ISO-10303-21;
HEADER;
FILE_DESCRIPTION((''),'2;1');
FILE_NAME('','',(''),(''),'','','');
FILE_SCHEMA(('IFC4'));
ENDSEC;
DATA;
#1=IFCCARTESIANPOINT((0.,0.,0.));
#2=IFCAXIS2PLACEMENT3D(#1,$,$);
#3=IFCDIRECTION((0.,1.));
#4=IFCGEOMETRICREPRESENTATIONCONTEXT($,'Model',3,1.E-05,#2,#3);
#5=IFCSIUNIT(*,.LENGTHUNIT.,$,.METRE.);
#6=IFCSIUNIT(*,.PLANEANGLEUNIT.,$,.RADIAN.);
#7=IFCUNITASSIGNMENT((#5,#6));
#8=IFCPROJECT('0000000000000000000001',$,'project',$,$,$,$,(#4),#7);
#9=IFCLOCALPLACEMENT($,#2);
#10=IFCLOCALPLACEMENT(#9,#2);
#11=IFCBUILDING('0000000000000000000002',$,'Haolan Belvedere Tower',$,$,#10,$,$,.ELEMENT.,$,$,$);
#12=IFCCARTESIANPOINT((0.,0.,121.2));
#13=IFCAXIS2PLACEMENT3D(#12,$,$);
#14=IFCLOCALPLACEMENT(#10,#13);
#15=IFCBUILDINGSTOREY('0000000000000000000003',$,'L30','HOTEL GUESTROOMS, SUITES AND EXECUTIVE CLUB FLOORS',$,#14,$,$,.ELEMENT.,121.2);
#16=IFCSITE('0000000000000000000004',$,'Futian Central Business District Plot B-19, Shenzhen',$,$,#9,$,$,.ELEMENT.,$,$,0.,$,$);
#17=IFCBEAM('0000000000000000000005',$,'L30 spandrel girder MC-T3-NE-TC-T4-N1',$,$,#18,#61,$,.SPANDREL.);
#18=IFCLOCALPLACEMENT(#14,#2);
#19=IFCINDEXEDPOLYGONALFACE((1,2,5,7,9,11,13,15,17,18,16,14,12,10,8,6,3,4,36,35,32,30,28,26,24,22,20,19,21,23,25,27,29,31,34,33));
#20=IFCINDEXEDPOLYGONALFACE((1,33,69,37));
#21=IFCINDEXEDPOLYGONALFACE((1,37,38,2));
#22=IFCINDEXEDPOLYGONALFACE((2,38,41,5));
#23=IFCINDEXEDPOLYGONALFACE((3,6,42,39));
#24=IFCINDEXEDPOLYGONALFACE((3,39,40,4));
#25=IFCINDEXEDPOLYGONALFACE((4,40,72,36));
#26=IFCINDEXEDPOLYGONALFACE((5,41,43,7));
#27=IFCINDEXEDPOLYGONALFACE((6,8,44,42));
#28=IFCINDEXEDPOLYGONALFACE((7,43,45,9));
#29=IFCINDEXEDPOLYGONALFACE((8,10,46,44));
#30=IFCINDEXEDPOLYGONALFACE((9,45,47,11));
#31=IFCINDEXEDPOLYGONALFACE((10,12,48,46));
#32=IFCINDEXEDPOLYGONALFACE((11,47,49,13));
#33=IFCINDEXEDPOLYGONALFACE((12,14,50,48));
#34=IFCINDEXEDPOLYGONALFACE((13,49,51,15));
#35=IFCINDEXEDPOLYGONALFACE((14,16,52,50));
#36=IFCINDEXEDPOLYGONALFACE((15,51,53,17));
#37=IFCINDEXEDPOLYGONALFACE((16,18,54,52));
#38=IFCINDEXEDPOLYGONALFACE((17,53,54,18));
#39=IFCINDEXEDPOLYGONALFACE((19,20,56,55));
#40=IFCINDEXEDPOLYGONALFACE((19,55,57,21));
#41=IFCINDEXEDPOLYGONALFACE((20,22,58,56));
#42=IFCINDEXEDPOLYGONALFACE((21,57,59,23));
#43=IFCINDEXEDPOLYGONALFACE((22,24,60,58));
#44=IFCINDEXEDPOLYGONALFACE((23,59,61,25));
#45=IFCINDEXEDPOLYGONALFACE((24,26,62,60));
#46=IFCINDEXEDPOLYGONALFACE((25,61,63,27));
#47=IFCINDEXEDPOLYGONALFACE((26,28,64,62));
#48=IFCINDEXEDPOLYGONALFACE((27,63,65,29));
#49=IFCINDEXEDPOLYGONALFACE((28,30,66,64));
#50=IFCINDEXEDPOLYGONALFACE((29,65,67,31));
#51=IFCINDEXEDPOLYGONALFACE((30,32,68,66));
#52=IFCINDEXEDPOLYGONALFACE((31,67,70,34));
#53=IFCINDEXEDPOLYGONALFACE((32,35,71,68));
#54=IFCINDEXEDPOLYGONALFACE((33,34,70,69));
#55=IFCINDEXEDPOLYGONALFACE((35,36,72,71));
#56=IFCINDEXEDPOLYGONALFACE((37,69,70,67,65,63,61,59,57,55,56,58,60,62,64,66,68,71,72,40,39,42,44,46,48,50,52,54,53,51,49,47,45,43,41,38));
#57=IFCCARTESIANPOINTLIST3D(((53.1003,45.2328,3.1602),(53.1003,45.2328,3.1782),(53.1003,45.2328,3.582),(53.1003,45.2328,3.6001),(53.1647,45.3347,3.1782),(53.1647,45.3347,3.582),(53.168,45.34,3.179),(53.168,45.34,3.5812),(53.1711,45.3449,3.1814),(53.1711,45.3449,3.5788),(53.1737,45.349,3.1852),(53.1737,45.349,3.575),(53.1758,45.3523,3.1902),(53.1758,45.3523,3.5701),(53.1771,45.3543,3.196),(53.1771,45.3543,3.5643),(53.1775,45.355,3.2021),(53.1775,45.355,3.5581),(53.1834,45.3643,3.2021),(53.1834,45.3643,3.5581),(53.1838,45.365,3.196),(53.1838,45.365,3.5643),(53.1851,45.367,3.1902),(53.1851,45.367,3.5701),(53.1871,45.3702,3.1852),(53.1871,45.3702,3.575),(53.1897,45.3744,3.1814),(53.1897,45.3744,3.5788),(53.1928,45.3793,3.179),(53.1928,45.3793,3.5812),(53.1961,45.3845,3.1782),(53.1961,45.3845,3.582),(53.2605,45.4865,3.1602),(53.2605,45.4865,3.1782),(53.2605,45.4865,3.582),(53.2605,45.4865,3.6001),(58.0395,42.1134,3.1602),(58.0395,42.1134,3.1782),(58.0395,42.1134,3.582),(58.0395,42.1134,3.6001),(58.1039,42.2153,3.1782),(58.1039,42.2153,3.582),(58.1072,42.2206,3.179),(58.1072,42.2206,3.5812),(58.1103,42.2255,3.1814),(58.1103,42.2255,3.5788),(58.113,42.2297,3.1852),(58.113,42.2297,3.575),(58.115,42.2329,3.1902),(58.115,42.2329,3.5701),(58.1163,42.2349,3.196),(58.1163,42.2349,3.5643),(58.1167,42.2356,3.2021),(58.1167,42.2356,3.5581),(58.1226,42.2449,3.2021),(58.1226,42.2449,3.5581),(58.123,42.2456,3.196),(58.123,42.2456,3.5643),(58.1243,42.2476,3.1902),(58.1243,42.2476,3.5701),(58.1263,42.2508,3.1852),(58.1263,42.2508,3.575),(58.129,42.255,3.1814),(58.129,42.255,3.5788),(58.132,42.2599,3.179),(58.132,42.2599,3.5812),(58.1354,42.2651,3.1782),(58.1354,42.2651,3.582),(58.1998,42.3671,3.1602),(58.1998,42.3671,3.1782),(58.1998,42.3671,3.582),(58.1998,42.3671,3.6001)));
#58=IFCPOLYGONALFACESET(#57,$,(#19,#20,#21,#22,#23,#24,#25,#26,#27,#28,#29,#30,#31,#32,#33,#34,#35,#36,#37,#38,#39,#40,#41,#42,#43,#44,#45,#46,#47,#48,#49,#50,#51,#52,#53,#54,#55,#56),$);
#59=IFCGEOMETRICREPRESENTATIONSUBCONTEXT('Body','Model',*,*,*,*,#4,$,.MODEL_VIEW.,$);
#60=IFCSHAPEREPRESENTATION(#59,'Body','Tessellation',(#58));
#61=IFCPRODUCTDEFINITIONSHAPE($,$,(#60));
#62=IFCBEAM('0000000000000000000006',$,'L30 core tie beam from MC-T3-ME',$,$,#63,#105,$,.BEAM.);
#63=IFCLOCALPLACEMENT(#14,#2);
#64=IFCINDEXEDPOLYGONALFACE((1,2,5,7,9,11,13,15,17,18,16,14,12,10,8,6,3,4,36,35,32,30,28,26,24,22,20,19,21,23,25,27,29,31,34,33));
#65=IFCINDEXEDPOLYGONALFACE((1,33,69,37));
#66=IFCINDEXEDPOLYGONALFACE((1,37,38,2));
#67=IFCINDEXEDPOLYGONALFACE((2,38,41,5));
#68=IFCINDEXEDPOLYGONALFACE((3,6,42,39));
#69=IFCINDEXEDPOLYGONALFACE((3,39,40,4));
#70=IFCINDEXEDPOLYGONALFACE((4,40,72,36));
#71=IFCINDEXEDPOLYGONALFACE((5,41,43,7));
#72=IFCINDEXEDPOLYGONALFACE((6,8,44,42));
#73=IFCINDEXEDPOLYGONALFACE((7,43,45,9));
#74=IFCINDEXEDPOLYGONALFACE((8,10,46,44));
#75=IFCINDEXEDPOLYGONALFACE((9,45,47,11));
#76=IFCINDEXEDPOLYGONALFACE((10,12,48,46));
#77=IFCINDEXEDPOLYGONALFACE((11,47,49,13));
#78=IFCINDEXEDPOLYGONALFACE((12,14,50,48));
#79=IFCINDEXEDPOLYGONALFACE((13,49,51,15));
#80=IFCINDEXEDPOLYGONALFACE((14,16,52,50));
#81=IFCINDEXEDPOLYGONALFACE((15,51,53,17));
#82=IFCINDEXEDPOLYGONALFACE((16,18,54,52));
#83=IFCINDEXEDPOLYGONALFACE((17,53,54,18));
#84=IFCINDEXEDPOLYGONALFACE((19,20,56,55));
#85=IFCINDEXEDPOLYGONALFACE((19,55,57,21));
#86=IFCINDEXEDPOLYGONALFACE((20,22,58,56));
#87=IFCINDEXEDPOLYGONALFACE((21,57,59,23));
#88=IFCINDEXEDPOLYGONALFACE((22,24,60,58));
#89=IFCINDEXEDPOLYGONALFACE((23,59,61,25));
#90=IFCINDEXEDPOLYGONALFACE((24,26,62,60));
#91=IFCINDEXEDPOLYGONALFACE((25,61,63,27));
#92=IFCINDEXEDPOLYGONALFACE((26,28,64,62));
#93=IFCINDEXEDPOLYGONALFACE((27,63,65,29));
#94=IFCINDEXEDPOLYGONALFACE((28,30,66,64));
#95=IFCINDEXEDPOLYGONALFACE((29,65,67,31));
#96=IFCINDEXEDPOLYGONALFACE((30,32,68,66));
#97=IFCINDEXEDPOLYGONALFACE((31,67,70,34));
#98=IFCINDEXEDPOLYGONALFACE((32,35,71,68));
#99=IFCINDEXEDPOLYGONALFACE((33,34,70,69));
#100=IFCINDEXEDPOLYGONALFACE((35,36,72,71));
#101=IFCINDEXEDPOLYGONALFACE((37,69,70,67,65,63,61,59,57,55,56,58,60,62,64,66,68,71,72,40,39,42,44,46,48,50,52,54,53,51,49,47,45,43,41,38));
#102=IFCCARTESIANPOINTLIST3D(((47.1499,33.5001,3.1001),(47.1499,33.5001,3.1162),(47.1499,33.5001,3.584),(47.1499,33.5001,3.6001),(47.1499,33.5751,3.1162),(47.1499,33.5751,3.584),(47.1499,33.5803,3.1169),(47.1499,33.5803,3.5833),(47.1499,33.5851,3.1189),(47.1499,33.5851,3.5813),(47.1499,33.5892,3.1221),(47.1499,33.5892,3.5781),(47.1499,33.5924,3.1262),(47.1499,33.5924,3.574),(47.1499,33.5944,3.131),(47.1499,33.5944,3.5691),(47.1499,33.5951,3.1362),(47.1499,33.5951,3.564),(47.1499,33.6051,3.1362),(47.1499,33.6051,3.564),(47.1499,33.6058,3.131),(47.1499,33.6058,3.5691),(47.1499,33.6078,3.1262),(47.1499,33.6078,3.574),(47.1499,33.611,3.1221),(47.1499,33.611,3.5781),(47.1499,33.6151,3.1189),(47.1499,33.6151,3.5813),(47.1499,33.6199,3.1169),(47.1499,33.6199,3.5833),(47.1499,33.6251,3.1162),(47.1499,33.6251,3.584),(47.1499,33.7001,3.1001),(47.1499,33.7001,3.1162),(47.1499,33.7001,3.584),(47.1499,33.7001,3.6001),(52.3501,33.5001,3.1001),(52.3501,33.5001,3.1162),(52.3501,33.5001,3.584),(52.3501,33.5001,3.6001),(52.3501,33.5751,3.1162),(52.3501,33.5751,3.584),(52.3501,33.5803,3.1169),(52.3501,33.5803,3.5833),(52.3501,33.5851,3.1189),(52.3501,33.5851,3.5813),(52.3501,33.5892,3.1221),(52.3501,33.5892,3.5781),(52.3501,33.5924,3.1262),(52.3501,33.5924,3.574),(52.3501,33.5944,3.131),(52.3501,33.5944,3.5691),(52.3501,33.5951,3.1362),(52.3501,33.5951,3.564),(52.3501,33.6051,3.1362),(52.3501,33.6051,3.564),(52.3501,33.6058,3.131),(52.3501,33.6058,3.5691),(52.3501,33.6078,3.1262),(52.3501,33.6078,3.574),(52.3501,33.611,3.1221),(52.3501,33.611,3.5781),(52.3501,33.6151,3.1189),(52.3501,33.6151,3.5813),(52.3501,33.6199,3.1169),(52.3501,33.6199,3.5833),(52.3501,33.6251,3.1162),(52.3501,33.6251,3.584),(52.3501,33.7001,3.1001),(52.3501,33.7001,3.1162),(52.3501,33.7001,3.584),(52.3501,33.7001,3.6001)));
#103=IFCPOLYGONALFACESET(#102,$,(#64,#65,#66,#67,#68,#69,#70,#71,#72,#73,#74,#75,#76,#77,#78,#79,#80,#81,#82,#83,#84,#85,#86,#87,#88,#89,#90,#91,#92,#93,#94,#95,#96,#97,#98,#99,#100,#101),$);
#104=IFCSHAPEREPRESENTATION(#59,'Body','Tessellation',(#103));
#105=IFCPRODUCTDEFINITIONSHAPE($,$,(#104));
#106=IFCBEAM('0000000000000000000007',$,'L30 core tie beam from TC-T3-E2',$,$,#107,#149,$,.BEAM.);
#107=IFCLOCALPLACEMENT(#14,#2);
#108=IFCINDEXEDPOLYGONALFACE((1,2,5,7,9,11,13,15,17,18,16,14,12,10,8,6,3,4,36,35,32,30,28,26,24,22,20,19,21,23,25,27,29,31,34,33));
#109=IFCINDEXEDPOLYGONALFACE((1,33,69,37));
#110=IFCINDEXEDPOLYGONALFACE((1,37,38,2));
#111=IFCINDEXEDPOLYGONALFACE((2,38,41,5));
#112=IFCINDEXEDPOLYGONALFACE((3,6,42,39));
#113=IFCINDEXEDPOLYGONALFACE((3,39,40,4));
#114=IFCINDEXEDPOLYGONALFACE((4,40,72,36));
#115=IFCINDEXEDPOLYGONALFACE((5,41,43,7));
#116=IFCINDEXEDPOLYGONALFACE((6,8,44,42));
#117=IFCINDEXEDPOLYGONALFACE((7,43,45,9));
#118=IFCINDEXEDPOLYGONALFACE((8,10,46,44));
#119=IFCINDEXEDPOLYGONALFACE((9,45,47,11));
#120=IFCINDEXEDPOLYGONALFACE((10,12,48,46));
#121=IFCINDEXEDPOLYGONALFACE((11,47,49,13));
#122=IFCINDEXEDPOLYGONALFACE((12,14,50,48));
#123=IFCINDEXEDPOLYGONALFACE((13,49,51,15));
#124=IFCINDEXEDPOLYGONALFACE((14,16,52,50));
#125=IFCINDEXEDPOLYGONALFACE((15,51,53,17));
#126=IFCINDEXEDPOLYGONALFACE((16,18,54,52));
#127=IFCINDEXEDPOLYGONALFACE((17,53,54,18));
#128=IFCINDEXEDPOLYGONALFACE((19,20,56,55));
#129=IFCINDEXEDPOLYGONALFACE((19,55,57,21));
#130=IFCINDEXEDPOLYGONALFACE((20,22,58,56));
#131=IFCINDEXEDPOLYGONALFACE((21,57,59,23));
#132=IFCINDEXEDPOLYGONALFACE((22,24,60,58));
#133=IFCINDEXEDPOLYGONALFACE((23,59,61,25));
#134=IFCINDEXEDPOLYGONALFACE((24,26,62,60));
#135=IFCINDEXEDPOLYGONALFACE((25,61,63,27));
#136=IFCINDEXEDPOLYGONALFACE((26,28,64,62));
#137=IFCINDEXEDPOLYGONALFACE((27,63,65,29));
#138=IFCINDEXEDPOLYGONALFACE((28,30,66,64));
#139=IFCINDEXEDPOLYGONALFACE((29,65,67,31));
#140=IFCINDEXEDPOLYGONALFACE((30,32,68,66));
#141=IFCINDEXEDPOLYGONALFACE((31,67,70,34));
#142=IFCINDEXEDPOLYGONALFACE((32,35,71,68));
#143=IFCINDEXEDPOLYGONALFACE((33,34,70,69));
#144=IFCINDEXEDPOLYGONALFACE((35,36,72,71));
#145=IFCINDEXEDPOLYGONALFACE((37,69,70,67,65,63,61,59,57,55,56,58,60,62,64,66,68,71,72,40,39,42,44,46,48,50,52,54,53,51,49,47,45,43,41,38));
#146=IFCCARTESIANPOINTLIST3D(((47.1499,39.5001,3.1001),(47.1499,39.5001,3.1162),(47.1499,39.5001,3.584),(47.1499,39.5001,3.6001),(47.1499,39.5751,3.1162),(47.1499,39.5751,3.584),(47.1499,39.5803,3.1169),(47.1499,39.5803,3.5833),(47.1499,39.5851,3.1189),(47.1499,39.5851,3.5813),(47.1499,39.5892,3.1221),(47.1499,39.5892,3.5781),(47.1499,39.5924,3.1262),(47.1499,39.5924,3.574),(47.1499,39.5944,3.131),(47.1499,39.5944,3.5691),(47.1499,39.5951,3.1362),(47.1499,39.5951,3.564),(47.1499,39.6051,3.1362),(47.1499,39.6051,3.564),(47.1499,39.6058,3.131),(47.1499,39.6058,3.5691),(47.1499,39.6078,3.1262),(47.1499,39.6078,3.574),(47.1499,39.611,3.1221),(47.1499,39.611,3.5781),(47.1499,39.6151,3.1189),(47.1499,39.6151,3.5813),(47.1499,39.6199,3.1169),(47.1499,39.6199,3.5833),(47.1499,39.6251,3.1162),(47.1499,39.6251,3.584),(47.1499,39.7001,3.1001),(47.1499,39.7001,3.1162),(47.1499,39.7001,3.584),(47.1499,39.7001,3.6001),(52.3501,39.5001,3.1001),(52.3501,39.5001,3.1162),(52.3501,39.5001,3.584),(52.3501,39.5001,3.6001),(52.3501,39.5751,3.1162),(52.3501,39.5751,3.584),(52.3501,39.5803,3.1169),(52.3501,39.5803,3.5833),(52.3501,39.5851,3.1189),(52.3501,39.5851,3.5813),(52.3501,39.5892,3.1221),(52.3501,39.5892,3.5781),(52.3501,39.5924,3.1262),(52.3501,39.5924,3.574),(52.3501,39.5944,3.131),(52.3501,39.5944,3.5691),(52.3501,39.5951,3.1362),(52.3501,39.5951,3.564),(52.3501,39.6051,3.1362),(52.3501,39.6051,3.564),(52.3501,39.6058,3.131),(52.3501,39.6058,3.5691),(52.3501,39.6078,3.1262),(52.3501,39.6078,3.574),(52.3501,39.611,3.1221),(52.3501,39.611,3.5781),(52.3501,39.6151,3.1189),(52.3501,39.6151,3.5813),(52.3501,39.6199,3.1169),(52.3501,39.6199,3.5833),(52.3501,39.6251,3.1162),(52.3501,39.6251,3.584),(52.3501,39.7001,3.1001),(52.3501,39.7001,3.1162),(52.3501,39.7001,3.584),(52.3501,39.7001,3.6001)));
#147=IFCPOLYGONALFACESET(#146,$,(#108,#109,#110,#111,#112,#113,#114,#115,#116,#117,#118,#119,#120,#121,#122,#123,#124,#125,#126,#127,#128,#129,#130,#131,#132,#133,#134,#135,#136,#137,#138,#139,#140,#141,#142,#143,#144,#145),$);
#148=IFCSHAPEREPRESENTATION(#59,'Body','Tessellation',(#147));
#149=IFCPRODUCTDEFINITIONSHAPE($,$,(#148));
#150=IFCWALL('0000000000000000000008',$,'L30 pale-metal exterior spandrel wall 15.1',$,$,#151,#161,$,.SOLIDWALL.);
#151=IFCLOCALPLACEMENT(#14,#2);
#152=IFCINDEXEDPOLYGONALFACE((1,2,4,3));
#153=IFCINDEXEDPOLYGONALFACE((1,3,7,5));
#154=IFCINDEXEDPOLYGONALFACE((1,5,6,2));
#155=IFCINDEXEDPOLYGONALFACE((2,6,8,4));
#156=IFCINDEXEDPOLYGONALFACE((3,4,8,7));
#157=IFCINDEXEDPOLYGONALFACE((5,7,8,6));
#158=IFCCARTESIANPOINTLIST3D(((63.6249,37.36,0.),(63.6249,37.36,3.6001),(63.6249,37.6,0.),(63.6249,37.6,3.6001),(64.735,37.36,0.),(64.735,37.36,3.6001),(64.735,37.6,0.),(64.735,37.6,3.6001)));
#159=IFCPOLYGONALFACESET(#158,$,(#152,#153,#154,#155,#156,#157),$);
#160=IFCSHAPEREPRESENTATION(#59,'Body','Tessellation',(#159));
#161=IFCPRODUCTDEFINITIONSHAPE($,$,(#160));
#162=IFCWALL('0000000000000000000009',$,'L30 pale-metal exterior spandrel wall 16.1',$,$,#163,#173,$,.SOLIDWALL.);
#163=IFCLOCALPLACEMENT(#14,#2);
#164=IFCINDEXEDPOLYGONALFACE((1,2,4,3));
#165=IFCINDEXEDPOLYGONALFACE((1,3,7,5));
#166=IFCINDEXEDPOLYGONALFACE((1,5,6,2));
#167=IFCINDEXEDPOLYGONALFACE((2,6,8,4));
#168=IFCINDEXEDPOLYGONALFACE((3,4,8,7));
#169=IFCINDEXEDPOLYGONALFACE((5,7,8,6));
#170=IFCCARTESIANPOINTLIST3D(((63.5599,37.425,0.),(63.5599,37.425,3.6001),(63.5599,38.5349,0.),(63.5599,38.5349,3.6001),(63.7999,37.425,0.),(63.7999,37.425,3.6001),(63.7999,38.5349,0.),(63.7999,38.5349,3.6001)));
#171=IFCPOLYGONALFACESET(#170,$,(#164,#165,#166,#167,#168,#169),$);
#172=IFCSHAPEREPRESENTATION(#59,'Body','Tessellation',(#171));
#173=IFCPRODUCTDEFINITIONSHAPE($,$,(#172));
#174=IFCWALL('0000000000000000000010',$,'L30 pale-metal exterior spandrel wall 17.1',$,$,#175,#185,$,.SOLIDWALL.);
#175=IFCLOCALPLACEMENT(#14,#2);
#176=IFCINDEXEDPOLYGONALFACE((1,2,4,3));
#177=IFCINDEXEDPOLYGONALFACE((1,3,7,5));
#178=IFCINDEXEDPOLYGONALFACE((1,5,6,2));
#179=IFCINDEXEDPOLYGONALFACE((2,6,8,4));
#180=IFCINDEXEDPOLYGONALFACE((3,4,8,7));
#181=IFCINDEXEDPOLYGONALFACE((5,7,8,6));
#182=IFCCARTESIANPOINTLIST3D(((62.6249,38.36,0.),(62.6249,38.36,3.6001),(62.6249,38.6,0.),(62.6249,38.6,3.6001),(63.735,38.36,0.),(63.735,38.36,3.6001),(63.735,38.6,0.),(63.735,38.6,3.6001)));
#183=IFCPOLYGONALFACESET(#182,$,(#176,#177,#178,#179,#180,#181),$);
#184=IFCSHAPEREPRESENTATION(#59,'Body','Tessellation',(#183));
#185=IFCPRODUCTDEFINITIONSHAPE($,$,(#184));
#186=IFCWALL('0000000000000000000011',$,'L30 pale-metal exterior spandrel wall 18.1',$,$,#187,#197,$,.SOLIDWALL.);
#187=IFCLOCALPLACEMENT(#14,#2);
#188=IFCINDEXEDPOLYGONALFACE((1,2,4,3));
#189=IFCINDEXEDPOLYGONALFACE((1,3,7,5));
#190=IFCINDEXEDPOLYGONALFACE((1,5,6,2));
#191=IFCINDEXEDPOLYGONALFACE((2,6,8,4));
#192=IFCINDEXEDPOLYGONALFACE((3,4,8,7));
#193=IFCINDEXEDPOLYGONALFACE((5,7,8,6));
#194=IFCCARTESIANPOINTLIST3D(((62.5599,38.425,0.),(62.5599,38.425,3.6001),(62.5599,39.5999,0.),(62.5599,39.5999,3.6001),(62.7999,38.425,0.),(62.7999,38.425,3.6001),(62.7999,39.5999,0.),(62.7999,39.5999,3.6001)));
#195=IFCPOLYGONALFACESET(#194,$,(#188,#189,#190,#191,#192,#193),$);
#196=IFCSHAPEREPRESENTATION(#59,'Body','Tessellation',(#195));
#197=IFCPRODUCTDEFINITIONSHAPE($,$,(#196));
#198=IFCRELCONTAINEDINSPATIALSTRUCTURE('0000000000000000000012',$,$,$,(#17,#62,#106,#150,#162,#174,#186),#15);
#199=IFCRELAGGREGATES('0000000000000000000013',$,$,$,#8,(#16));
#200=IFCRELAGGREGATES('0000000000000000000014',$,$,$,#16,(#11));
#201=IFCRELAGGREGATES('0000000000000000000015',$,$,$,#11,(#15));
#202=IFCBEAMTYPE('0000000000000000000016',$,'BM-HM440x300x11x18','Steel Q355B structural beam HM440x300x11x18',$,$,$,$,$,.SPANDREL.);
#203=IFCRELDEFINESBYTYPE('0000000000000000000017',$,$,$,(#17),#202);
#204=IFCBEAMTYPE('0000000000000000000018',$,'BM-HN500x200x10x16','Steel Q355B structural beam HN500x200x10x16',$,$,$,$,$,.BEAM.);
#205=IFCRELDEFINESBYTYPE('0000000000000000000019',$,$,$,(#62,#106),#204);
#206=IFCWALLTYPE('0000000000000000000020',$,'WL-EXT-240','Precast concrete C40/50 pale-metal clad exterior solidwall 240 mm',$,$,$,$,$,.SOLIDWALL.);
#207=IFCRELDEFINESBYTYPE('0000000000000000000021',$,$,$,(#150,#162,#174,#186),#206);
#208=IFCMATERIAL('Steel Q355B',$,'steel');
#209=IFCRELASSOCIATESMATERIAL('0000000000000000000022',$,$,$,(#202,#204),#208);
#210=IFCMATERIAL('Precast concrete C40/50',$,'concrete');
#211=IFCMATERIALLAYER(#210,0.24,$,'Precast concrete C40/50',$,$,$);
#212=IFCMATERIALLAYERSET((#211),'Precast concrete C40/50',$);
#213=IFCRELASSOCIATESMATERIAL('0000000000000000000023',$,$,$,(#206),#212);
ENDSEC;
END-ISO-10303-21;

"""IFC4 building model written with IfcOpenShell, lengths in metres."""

from ifc_helpers import new_model, si_unit, direction, frame, frame_2d, origin, origin_2d, place, context, subcontext, project, spatial, rectangle, i_section, extrude, material, layer, layer_set, material_profile, profile_set, type_object, element, save


model = new_model("IFC4")

# Units and contexts
model_context = context("Model", 3, precision=1e-05, world=origin(), true_north=direction((0.0, 1.0)))
body_context = subcontext(model_context, "Body", "Model", "MODEL_VIEW")
ifc_project = project(units=[si_unit("LENGTHUNIT", "METRE"), si_unit("PLANEANGLEUNIT", "RADIAN")], contexts=[model_context])

# Site, building, storey
site_placement = place(None, origin())
site = spatial("IfcSite", under=ifc_project, at=site_placement, Name="Futian Central Business District Plot B-19, Shenzhen", CompositionType="ELEMENT", RefElevation=0.0)
building_placement = place(site_placement, origin())
building = spatial("IfcBuilding", under=site, at=building_placement, Name="Haolan Belvedere Tower", CompositionType="ELEMENT")
storey_placement = place(building_placement, frame((0.0, 0.0, 121.2)))
storey = spatial("IfcBuildingStorey", under=building, at=storey_placement, Name="L30", Description="HOTEL GUESTROOMS, SUITES AND EXECUTIVE CLUB FLOORS", CompositionType="ELEMENT", Elevation=121.2)

# Beams
ifc_material_1 = material(Name="Steel Q355B", Category="steel")
ifc_material_profile_1 = material_profile(ifc_material_1, i_section(OverallWidth=0.3, OverallDepth=0.4399, WebThickness=0.011, FlangeThickness=0.0181, FilletRadius=0.0239, at=origin_2d()), Name="Steel Q355B")
ifc_profile_set_1 = profile_set([ifc_material_profile_1], Name="Steel Q355B")
beam_type_1 = type_object("IfcBeamType", Name="BM-HM440x300x11x18", Description="Steel Q355B structural beam HM440x300x11x18", PredefinedType="SPANDREL", material=ifc_profile_set_1)
beam_placement = place(storey_placement, frame((53.1804, 45.3596, 3.3801), z_axis=(0.845498, -0.533979, 0.0), x_axis=(0.533979, 0.845498, 0.0)))
element("IfcBeam", 1, at=beam_placement, inside=storey, type_object=beam_type_1, Name="L30 spandrel girder MC-T3-NE-TC-T4-N1", PredefinedType="SPANDREL", context=body_context, shape_type="SweptSolid", body=[
    extrude(i_section(OverallWidth=0.3, OverallDepth=0.4399, WebThickness=0.011, FlangeThickness=0.0181, FilletRadius=0.0239, at=origin_2d()), origin(), (0.0, 0.0, 1.0), 5.8418),
])
ifc_material_profile_2 = material_profile(ifc_material_1, i_section(OverallWidth=0.2, OverallDepth=0.5, WebThickness=0.01, FlangeThickness=0.0161, FilletRadius=0.02, at=origin_2d()), Name="Steel Q355B")
ifc_profile_set_2 = profile_set([ifc_material_profile_2], Name="Steel Q355B")
beam_type_2 = type_object("IfcBeamType", Name="BM-HN500x200x10x16", Description="Steel Q355B structural beam HN500x200x10x16", PredefinedType="BEAM", material=ifc_profile_set_2)
for number, where, z_axis, x_axis, name in (
    (2, (52.3501, 33.6001, 3.3501), (-1.0, 0.0, 0.0), (0.0, -1.0, 0.0), "L30 core tie beam from MC-T3-ME"),
    (3, (52.3501, 39.6001, 3.3501), (-1.0, 0.0, 0.0), (0.0, -1.0, 0.0), "L30 core tie beam from TC-T3-E2"),
):
    element("IfcBeam", number, at=place(storey_placement, frame(where, z_axis=z_axis, x_axis=x_axis)), inside=storey, type_object=beam_type_2, Name=name, PredefinedType="BEAM", context=body_context, shape_type="SweptSolid", body=[
        extrude(i_section(OverallWidth=0.2, OverallDepth=0.5, WebThickness=0.01, FlangeThickness=0.0161, FilletRadius=0.02, at=origin_2d()), origin(), (0.0, 0.0, 1.0), 5.2002),
    ])

# Walls
ifc_material_2 = material(Name="Precast concrete C40/50", Category="concrete")
ifc_layer_1 = layer(ifc_material_2, 0.24, Name="Precast concrete C40/50")
ifc_layer_set_1 = layer_set([ifc_layer_1], Name="Precast concrete C40/50")
wall_type_1 = type_object("IfcWallType", Name="WL-EXT-240", Description="Precast concrete C40/50 pale-metal clad exterior solidwall 240 mm", PredefinedType="SOLIDWALL", material=ifc_layer_set_1)
wall_1_placement = place(storey_placement, frame((64.7351, 37.48, 0.0), z_axis=(0.0, 0.0, 1.0), x_axis=(-1.0, 0.0, 0.0)))
element("IfcWall", 4, at=wall_1_placement, inside=storey, type_object=wall_type_1, Name="L30 pale-metal exterior spandrel wall 15.1", PredefinedType="SOLIDWALL", context=body_context, shape_type="SweptSolid", body=[
    extrude(rectangle(XDim=1.1101, YDim=0.24, at=frame_2d((0.5552, 0.0))), origin(), (0.0, 0.0, 1.0), 3.6001),
])
wall_2_placement = place(storey_placement, frame((63.6799, 37.425, 0.0), z_axis=(0.0, 0.0, 1.0), x_axis=(0.0, 1.0, 0.0)))
element("IfcWall", 5, at=wall_2_placement, inside=storey, type_object=wall_type_1, Name="L30 pale-metal exterior spandrel wall 16.1", PredefinedType="SOLIDWALL", context=body_context, shape_type="SweptSolid", body=[
    extrude(rectangle(XDim=1.1099, YDim=0.24, at=frame_2d((0.5549, 0.0))), origin(), (0.0, 0.0, 1.0), 3.6001),
])
wall_3_placement = place(storey_placement, frame((63.7351, 38.48, 0.0), z_axis=(0.0, 0.0, 1.0), x_axis=(-1.0, 0.0, 0.0)))
element("IfcWall", 6, at=wall_3_placement, inside=storey, type_object=wall_type_1, Name="L30 pale-metal exterior spandrel wall 17.1", PredefinedType="SOLIDWALL", context=body_context, shape_type="SweptSolid", body=[
    extrude(rectangle(XDim=1.1101, YDim=0.24, at=frame_2d((0.5552, 0.0))), origin(), (0.0, 0.0, 1.0), 3.6001),
])
wall_4_placement = place(storey_placement, frame((62.6799, 38.425, 0.0), z_axis=(0.0, 0.0, 1.0), x_axis=(0.0, 1.0, 0.0)))
element("IfcWall", 7, at=wall_4_placement, inside=storey, type_object=wall_type_1, Name="L30 pale-metal exterior spandrel wall 18.1", PredefinedType="SOLIDWALL", context=body_context, shape_type="SweptSolid", body=[
    extrude(rectangle(XDim=1.1748, YDim=0.24, at=frame_2d((0.5874, 0.0))), origin(), (0.0, 0.0, 1.0), 3.6001),
])

save(model, "model.ifc")
